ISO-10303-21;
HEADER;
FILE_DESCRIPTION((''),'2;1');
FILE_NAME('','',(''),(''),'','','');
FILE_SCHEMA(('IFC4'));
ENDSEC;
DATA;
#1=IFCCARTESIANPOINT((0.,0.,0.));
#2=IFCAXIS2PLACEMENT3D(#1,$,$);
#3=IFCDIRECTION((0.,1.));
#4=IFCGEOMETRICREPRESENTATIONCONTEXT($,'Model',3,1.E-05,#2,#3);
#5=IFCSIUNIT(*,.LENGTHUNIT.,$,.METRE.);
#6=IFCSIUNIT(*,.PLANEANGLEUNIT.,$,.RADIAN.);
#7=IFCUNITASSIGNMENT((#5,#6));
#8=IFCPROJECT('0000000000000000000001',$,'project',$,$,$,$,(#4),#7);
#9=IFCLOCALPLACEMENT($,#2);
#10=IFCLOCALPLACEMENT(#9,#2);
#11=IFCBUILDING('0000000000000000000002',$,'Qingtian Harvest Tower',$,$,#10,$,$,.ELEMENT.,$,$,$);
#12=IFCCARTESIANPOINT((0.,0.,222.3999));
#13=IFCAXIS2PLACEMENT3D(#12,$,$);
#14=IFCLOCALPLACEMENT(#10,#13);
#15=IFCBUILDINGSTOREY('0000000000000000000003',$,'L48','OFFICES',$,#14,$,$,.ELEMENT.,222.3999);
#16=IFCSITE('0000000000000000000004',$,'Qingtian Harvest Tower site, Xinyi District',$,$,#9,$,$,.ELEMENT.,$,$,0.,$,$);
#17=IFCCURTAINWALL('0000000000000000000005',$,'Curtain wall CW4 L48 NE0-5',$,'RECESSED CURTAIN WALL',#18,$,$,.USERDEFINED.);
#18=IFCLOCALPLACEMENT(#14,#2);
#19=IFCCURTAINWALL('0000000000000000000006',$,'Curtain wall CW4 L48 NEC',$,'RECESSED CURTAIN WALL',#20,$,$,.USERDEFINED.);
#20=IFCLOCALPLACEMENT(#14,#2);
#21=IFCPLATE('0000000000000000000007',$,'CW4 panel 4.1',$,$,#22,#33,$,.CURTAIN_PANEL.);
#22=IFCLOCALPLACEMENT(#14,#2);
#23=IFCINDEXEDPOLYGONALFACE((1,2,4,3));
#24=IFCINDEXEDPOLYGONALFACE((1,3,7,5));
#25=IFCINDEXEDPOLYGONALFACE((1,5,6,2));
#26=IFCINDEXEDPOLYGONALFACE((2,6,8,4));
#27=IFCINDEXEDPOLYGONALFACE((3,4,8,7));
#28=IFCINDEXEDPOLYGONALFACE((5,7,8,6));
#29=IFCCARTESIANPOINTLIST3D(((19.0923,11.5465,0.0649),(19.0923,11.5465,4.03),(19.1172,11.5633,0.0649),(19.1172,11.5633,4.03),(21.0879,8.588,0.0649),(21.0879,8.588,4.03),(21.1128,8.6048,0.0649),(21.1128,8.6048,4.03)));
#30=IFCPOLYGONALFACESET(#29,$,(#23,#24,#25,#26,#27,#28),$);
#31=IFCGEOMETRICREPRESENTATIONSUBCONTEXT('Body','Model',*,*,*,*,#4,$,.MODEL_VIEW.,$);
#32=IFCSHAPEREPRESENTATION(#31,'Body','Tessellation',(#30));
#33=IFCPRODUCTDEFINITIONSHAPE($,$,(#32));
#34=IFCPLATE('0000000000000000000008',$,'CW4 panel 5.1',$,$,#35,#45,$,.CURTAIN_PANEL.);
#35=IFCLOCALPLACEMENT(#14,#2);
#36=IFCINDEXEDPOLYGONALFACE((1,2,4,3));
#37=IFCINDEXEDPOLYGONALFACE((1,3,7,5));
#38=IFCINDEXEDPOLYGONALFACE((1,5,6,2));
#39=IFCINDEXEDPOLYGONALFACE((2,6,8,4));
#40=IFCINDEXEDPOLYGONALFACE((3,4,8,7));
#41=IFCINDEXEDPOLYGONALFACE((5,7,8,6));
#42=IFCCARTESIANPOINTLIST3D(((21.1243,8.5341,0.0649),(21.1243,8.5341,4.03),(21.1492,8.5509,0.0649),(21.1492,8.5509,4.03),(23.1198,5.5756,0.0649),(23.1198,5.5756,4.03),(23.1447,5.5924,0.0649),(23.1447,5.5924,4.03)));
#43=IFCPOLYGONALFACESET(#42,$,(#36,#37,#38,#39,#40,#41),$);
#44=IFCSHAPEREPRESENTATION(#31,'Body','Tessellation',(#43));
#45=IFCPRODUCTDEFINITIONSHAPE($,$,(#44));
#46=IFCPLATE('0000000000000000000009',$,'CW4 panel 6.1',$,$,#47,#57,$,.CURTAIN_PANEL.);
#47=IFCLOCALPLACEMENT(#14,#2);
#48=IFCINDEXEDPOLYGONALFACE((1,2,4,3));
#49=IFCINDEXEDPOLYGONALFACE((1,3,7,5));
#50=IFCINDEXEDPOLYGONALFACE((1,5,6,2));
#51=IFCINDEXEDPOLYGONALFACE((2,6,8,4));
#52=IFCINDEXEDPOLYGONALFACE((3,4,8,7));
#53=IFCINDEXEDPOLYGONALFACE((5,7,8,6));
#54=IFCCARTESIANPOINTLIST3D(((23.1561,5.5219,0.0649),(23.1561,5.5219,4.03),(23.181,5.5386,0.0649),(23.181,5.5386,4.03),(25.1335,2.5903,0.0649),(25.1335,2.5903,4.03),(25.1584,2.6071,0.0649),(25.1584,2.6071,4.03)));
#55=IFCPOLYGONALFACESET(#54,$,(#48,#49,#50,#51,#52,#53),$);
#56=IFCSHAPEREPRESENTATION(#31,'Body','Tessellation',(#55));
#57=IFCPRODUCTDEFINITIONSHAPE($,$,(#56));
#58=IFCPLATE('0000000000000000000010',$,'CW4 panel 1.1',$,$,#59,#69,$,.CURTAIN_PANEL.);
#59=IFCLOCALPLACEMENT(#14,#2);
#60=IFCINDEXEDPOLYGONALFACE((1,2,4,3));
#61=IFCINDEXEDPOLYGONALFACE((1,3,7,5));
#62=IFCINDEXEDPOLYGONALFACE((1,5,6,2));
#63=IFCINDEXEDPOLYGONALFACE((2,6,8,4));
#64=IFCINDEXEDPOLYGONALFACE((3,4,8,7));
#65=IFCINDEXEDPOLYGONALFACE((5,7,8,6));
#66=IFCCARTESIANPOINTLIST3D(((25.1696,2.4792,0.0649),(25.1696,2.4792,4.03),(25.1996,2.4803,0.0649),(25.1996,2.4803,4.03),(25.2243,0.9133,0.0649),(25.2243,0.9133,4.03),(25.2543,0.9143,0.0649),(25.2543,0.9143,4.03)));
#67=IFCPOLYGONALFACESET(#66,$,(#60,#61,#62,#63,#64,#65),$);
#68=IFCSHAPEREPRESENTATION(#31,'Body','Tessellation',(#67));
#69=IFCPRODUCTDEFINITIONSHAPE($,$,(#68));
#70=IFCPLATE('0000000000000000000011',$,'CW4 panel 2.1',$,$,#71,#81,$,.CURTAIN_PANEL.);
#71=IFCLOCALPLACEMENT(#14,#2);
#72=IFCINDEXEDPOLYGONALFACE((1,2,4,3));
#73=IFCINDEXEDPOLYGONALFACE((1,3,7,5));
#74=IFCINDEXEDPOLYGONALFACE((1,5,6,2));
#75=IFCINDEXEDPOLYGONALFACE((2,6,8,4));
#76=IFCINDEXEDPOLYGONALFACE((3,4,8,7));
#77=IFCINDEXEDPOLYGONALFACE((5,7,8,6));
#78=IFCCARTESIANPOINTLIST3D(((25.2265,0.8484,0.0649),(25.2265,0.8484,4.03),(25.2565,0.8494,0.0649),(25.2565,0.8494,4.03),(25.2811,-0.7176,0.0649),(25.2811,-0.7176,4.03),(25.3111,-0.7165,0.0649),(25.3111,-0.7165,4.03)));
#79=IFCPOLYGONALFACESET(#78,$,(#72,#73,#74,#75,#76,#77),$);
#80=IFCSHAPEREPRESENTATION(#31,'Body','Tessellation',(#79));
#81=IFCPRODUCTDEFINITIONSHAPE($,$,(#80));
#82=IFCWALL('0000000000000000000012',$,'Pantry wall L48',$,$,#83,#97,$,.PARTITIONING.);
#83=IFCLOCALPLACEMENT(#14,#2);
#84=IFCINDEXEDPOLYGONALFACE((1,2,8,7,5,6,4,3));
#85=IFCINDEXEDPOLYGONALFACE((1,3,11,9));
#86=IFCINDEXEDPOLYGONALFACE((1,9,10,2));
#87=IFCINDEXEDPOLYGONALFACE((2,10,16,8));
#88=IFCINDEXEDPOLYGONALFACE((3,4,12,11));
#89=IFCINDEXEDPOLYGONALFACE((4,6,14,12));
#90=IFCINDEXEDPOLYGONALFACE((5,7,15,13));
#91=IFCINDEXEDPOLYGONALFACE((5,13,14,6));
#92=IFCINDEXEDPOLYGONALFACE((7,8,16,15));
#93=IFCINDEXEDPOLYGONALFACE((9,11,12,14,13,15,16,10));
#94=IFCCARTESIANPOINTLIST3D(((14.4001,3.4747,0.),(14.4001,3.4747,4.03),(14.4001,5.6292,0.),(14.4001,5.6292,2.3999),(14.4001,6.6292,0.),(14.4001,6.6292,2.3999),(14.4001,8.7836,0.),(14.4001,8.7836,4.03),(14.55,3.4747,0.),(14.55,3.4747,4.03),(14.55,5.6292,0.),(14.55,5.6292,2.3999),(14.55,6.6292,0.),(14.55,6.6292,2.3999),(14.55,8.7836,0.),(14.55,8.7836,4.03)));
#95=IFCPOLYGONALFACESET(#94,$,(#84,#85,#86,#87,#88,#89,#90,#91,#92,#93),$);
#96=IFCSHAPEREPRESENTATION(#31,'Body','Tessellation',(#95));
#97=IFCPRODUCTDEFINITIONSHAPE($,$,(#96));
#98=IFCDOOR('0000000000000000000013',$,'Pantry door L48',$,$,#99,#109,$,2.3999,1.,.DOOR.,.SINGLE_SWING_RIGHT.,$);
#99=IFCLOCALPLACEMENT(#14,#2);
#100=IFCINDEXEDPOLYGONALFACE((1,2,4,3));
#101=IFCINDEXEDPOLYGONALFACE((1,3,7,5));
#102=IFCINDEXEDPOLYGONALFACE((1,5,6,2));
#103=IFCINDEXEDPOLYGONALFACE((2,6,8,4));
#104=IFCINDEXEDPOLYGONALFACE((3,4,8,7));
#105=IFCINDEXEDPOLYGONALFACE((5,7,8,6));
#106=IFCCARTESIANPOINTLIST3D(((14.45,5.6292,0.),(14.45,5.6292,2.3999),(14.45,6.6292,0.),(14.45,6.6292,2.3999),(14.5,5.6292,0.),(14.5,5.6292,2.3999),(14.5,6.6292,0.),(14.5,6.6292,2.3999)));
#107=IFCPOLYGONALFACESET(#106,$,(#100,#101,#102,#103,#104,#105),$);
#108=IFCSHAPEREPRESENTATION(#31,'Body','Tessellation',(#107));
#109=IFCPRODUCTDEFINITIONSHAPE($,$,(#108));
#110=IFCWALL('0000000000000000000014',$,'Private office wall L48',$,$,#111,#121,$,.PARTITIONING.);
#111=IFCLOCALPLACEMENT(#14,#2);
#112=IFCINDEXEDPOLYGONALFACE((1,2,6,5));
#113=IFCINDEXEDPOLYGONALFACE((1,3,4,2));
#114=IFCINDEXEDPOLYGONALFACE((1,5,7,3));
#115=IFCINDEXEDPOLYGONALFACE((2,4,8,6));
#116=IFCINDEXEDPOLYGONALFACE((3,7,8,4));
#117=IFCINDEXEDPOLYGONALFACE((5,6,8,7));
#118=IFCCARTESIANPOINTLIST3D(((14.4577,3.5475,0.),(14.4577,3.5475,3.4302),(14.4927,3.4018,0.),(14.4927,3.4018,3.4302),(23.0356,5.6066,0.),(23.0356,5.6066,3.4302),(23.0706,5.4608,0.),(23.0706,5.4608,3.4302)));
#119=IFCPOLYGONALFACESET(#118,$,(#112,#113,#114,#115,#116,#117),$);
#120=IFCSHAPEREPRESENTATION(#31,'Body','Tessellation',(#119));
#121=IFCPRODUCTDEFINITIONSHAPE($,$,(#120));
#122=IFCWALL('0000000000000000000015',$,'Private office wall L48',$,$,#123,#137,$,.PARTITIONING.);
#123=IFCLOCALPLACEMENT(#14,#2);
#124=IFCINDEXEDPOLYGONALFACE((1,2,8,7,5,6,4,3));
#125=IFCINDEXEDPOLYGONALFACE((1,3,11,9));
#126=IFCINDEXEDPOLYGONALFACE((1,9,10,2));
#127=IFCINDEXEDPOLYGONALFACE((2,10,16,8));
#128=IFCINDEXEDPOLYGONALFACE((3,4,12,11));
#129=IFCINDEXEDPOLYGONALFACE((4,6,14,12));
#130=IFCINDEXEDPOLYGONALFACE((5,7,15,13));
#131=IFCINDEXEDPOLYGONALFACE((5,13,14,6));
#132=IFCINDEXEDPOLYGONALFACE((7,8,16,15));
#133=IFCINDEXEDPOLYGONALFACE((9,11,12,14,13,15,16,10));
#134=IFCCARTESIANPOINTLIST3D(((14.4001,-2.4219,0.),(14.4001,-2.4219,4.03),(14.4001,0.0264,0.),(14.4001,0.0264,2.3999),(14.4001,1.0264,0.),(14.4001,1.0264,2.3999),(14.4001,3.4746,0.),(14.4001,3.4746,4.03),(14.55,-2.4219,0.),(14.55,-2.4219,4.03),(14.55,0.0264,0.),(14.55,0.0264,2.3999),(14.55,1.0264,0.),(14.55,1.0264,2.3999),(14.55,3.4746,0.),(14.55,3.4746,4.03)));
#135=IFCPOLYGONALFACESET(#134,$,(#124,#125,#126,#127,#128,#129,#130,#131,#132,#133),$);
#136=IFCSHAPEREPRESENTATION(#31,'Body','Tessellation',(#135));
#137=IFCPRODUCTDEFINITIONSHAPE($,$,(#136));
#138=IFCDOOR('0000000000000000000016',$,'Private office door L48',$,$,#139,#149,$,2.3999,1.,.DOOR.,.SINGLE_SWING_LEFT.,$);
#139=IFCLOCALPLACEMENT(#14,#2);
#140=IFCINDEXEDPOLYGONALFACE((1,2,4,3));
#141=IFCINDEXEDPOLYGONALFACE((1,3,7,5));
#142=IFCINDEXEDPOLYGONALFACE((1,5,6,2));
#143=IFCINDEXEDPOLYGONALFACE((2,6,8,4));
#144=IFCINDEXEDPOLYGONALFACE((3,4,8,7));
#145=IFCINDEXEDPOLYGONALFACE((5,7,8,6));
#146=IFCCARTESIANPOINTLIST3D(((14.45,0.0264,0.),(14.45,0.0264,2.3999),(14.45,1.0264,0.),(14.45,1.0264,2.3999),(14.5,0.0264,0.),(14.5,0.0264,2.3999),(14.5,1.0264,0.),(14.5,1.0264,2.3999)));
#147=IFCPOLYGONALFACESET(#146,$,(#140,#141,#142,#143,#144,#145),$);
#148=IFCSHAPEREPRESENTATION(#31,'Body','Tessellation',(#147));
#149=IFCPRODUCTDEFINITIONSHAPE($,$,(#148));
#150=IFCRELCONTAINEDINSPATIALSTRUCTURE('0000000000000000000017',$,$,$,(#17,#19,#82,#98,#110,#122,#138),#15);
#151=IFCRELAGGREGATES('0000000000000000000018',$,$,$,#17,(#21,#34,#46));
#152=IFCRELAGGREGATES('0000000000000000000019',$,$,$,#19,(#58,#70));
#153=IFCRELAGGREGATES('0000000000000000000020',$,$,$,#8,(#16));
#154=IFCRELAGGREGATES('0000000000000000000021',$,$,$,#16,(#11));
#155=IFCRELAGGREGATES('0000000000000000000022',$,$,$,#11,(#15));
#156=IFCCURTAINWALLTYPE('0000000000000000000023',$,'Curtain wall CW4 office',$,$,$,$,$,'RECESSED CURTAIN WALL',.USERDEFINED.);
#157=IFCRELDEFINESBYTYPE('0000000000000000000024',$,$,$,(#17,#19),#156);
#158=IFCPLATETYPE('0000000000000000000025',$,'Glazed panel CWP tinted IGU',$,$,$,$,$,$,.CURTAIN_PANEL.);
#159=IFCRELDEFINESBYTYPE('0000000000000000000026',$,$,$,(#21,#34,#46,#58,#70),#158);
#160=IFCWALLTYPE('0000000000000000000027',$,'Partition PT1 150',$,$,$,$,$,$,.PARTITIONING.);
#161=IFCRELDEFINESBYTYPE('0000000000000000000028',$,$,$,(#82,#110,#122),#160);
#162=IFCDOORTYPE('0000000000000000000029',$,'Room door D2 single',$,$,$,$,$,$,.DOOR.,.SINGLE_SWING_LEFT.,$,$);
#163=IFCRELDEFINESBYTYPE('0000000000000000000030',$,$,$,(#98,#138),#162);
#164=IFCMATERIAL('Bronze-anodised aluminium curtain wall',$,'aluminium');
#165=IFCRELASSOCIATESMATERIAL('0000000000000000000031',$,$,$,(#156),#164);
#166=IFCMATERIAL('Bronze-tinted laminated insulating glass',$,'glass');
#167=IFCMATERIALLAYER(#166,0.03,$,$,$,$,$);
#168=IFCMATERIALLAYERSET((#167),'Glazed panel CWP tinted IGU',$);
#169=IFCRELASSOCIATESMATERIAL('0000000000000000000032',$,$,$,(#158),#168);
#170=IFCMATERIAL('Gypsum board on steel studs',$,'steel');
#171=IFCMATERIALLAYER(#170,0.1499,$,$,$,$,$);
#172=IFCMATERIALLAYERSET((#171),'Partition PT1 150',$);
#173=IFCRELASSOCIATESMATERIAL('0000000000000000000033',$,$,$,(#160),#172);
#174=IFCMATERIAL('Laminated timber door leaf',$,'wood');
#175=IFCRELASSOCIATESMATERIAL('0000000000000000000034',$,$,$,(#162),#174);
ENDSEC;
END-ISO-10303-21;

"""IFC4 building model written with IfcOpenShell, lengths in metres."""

from ifc_helpers import new_model, si_unit, direction, frame, frame_2d, origin, origin_2d, place, context, subcontext, project, spatial, rectangle, extrude, material, layer, layer_set, type_object, element, fill, aggregate, save


model = new_model("IFC4")

# Units and contexts
model_context = context("Model", 3, precision=1e-05, world=origin(), true_north=direction((0.0, 1.0)))
body_context = subcontext(model_context, "Body", "Model", "MODEL_VIEW")
ifc_project = project(units=[si_unit("LENGTHUNIT", "METRE"), si_unit("PLANEANGLEUNIT", "RADIAN")], contexts=[model_context])

# Site, building, storey
site_placement = place(None, origin())
site = spatial("IfcSite", under=ifc_project, at=site_placement, Name="Qingtian Harvest Tower site, Xinyi District", CompositionType="ELEMENT", RefElevation=0.0)
building_placement = place(site_placement, origin())
building = spatial("IfcBuilding", under=site, at=building_placement, Name="Qingtian Harvest Tower", CompositionType="ELEMENT")
storey_placement = place(building_placement, frame((0.0, 0.0, 222.3999)))
storey = spatial("IfcBuildingStorey", under=building, at=storey_placement, Name="L48", Description="OFFICES", CompositionType="ELEMENT", Elevation=222.3999)

# Curtain walls
ifc_material_1 = material(Name="Bronze-anodised aluminium curtain wall", Category="aluminium")
curtain_wall_type = type_object("IfcCurtainWallType", Name="Curtain wall CW4 office", ElementType="RECESSED CURTAIN WALL", PredefinedType="USERDEFINED", material=ifc_material_1)
curtain_wall_1_placement = place(storey_placement, origin())
curtain_wall_1 = element("IfcCurtainWall", 1, at=curtain_wall_1_placement, inside=storey, type_object=curtain_wall_type, Name="Curtain wall CW4 L48 NE0-5", ObjectType="RECESSED CURTAIN WALL", PredefinedType="USERDEFINED")
curtain_wall_2_placement = place(storey_placement, origin())
curtain_wall_2 = element("IfcCurtainWall", 2, at=curtain_wall_2_placement, inside=storey, type_object=curtain_wall_type, Name="Curtain wall CW4 L48 NEC", ObjectType="RECESSED CURTAIN WALL", PredefinedType="USERDEFINED")

# Plates
ifc_material_2 = material(Name="Bronze-tinted laminated insulating glass", Category="glass")
ifc_layer_1 = layer(ifc_material_2, 0.03)
ifc_layer_set_1 = layer_set([ifc_layer_1], Name="Glazed panel CWP tinted IGU")
plate_type = type_object("IfcPlateType", Name="Glazed panel CWP tinted IGU", PredefinedType="CURTAIN_PANEL", material=ifc_layer_set_1)
plate_1_placement = place(storey_placement, frame((20.1025, 10.0757, 0.0649), z_axis=(0.0, 0.0, 1.0), x_axis=(0.559193, -0.829038, 0.0)))
plate_1 = element("IfcPlate", 3, at=plate_1_placement, type_object=plate_type, Name="CW4 panel 4.1", PredefinedType="CURTAIN_PANEL", context=body_context, shape_type="SweptSolid", body=[
    extrude(rectangle(XDim=3.5686, YDim=0.03, at=origin_2d()), origin(), (0.0, 0.0, 1.0), 3.9651),
])
plate_2_placement = place(storey_placement, frame((22.1345, 7.0632, 0.0649), z_axis=(0.0, 0.0, 1.0), x_axis=(0.559193, -0.829038, 0.0)))
plate_2 = element("IfcPlate", 4, at=plate_2_placement, type_object=plate_type, Name="CW4 panel 5.1", PredefinedType="CURTAIN_PANEL", context=body_context, shape_type="SweptSolid", body=[
    extrude(rectangle(XDim=3.5686, YDim=0.03, at=origin_2d()), origin(), (0.0, 0.0, 1.0), 3.9651),
])
plate_3_placement = place(storey_placement, frame((24.1572, 4.0645, 0.0649), z_axis=(0.0, 0.0, 1.0), x_axis=(0.559193, -0.829038, 0.0)))
plate_3 = element("IfcPlate", 5, at=plate_3_placement, type_object=plate_type, Name="CW4 panel 6.1", PredefinedType="CURTAIN_PANEL", context=body_context, shape_type="SweptSolid", body=[
    extrude(rectangle(XDim=3.5361, YDim=0.03, at=origin_2d()), origin(), (0.0, 0.0, 1.0), 3.9651),
])
aggregate(curtain_wall_1, [plate_1, plate_2, plate_3])
plate_4_placement = place(storey_placement, frame((25.2119, 1.6968, 0.0649), z_axis=(0.0, 0.0, 1.0), x_axis=(0.034899, -0.999391, 0.0)))
plate_4 = element("IfcPlate", 6, at=plate_4_placement, type_object=plate_type, Name="CW4 panel 1.1", PredefinedType="CURTAIN_PANEL", context=body_context, shape_type="SweptSolid", body=[
    extrude(rectangle(XDim=1.5669, YDim=0.03, at=origin_2d()), origin(), (0.0, 0.0, 1.0), 3.9651),
])
plate_5_placement = place(storey_placement, frame((25.2688, 0.0659, 0.0649), z_axis=(0.0, 0.0, 1.0), x_axis=(0.034899, -0.999391, 0.0)))
plate_5 = element("IfcPlate", 7, at=plate_5_placement, type_object=plate_type, Name="CW4 panel 2.1", PredefinedType="CURTAIN_PANEL", context=body_context, shape_type="SweptSolid", body=[
    extrude(rectangle(XDim=1.5669, YDim=0.03, at=origin_2d()), origin(), (0.0, 0.0, 1.0), 3.9651),
])
aggregate(curtain_wall_2, [plate_4, plate_5])

# Wall, opening, door
ifc_material_3 = material(Name="Gypsum board on steel studs", Category="steel")
ifc_layer_2 = layer(ifc_material_3, 0.1499)
ifc_layer_set_2 = layer_set([ifc_layer_2], Name="Partition PT1 150")
wall_type = type_object("IfcWallType", Name="Partition PT1 150", PredefinedType="PARTITIONING", material=ifc_layer_set_2)
wall_1_placement = place(storey_placement, frame((14.4751, 8.7834, 0.0), z_axis=(0.0, 0.0, 1.0), x_axis=(0.0, -1.0, 0.0)))
wall_1 = element("IfcWall", 8, at=wall_1_placement, inside=storey, type_object=wall_type, Name="Pantry wall L48", PredefinedType="PARTITIONING", context=body_context, shape_type="SweptSolid", body=[
    extrude(rectangle(XDim=5.3088, YDim=0.1499, at=frame_2d((2.6543, 0.0))), origin(), (0.0, 0.0, 1.0), 4.03),
])
opening_1_placement = place(wall_1_placement, frame((2.1543, 0.0, 0.0)))
opening_1 = element("IfcOpeningElement", 9, at=opening_1_placement, cuts=wall_1, PredefinedType="OPENING", context=body_context, shape_type="SweptSolid", body=[
    extrude(rectangle(XDim=1.0, YDim=2.3999, at=frame_2d((0.5, 1.2))), frame((0.0, 0.085, 0.0), z_axis=(0.0, -1.0, 0.0), x_axis=(1.0, 0.0, 0.0)), (0.0, 0.0, 1.0), 0.1699),
])
ifc_material_4 = material(Name="Laminated timber door leaf", Category="wood")
door_type = type_object("IfcDoorType", Name="Room door D2 single", OperationType="SINGLE_SWING_LEFT", PredefinedType="DOOR", material=ifc_material_4)
door_1_placement = place(opening_1_placement, origin())
door_1 = element("IfcDoor", 10, at=door_1_placement, inside=storey, type_object=door_type, Name="Pantry door L48", OperationType="SINGLE_SWING_RIGHT", OverallHeight=2.3999, OverallWidth=1.0, PredefinedType="DOOR", context=body_context, shape_type="SweptSolid", body=[
    extrude(rectangle(XDim=1.0, YDim=2.3999, at=frame_2d((0.5, 1.2))), frame((0.0, 0.0249, 0.0), z_axis=(0.0, -1.0, 0.0), x_axis=(1.0, 0.0, 0.0)), (0.0, 0.0, 1.0), 0.05),
])
fill(opening_1, door_1)

# Wall
wall_2_placement = place(storey_placement, frame((23.053, 5.5337, 0.0), z_axis=(0.0, 0.0, 1.0), x_axis=(-0.972377, -0.233415, 0.0)))
element("IfcWall", 11, at=wall_2_placement, inside=storey, type_object=wall_type, Name="Private office wall L48", PredefinedType="PARTITIONING", context=body_context, shape_type="SweptSolid", body=[
    extrude(rectangle(XDim=8.8215, YDim=0.1499, at=frame_2d((4.4106, 0.0))), origin(), (0.0, 0.0, 1.0), 3.4302),
])

# Wall, opening, door
wall_3_placement = place(storey_placement, frame((14.4751, 3.4746, 0.0), z_axis=(0.0, 0.0, 1.0), x_axis=(0.0, -1.0, 0.0)))
wall_3 = element("IfcWall", 12, at=wall_3_placement, inside=storey, type_object=wall_type, Name="Private office wall L48", PredefinedType="PARTITIONING", context=body_context, shape_type="SweptSolid", body=[
    extrude(rectangle(XDim=5.8965, YDim=0.1499, at=frame_2d((2.9482, 0.0))), origin(), (0.0, 0.0, 1.0), 4.03),
])
opening_2_placement = place(wall_3_placement, frame((2.4482, 0.0, 0.0)))
opening_2 = element("IfcOpeningElement", 13, at=opening_2_placement, cuts=wall_3, PredefinedType="OPENING", context=body_context, shape_type="SweptSolid", body=[
    extrude(rectangle(XDim=1.0, YDim=2.3999, at=frame_2d((0.5, 1.2))), frame((0.0, 0.085, 0.0), z_axis=(0.0, -1.0, 0.0), x_axis=(1.0, 0.0, 0.0)), (0.0, 0.0, 1.0), 0.1699),
])
door_2_placement = place(opening_2_placement, origin())
door_2 = element("IfcDoor", 14, at=door_2_placement, inside=storey, type_object=door_type, Name="Private office door L48", OperationType="SINGLE_SWING_LEFT", OverallHeight=2.3999, OverallWidth=1.0, PredefinedType="DOOR", context=body_context, shape_type="SweptSolid", body=[
    extrude(rectangle(XDim=1.0, YDim=2.3999, at=frame_2d((0.5, 1.2))), frame((0.0, 0.0249, 0.0), z_axis=(0.0, -1.0, 0.0), x_axis=(1.0, 0.0, 0.0)), (0.0, 0.0, 1.0), 0.05),
])
fill(opening_2, door_2)

save(model, "model.ifc")
